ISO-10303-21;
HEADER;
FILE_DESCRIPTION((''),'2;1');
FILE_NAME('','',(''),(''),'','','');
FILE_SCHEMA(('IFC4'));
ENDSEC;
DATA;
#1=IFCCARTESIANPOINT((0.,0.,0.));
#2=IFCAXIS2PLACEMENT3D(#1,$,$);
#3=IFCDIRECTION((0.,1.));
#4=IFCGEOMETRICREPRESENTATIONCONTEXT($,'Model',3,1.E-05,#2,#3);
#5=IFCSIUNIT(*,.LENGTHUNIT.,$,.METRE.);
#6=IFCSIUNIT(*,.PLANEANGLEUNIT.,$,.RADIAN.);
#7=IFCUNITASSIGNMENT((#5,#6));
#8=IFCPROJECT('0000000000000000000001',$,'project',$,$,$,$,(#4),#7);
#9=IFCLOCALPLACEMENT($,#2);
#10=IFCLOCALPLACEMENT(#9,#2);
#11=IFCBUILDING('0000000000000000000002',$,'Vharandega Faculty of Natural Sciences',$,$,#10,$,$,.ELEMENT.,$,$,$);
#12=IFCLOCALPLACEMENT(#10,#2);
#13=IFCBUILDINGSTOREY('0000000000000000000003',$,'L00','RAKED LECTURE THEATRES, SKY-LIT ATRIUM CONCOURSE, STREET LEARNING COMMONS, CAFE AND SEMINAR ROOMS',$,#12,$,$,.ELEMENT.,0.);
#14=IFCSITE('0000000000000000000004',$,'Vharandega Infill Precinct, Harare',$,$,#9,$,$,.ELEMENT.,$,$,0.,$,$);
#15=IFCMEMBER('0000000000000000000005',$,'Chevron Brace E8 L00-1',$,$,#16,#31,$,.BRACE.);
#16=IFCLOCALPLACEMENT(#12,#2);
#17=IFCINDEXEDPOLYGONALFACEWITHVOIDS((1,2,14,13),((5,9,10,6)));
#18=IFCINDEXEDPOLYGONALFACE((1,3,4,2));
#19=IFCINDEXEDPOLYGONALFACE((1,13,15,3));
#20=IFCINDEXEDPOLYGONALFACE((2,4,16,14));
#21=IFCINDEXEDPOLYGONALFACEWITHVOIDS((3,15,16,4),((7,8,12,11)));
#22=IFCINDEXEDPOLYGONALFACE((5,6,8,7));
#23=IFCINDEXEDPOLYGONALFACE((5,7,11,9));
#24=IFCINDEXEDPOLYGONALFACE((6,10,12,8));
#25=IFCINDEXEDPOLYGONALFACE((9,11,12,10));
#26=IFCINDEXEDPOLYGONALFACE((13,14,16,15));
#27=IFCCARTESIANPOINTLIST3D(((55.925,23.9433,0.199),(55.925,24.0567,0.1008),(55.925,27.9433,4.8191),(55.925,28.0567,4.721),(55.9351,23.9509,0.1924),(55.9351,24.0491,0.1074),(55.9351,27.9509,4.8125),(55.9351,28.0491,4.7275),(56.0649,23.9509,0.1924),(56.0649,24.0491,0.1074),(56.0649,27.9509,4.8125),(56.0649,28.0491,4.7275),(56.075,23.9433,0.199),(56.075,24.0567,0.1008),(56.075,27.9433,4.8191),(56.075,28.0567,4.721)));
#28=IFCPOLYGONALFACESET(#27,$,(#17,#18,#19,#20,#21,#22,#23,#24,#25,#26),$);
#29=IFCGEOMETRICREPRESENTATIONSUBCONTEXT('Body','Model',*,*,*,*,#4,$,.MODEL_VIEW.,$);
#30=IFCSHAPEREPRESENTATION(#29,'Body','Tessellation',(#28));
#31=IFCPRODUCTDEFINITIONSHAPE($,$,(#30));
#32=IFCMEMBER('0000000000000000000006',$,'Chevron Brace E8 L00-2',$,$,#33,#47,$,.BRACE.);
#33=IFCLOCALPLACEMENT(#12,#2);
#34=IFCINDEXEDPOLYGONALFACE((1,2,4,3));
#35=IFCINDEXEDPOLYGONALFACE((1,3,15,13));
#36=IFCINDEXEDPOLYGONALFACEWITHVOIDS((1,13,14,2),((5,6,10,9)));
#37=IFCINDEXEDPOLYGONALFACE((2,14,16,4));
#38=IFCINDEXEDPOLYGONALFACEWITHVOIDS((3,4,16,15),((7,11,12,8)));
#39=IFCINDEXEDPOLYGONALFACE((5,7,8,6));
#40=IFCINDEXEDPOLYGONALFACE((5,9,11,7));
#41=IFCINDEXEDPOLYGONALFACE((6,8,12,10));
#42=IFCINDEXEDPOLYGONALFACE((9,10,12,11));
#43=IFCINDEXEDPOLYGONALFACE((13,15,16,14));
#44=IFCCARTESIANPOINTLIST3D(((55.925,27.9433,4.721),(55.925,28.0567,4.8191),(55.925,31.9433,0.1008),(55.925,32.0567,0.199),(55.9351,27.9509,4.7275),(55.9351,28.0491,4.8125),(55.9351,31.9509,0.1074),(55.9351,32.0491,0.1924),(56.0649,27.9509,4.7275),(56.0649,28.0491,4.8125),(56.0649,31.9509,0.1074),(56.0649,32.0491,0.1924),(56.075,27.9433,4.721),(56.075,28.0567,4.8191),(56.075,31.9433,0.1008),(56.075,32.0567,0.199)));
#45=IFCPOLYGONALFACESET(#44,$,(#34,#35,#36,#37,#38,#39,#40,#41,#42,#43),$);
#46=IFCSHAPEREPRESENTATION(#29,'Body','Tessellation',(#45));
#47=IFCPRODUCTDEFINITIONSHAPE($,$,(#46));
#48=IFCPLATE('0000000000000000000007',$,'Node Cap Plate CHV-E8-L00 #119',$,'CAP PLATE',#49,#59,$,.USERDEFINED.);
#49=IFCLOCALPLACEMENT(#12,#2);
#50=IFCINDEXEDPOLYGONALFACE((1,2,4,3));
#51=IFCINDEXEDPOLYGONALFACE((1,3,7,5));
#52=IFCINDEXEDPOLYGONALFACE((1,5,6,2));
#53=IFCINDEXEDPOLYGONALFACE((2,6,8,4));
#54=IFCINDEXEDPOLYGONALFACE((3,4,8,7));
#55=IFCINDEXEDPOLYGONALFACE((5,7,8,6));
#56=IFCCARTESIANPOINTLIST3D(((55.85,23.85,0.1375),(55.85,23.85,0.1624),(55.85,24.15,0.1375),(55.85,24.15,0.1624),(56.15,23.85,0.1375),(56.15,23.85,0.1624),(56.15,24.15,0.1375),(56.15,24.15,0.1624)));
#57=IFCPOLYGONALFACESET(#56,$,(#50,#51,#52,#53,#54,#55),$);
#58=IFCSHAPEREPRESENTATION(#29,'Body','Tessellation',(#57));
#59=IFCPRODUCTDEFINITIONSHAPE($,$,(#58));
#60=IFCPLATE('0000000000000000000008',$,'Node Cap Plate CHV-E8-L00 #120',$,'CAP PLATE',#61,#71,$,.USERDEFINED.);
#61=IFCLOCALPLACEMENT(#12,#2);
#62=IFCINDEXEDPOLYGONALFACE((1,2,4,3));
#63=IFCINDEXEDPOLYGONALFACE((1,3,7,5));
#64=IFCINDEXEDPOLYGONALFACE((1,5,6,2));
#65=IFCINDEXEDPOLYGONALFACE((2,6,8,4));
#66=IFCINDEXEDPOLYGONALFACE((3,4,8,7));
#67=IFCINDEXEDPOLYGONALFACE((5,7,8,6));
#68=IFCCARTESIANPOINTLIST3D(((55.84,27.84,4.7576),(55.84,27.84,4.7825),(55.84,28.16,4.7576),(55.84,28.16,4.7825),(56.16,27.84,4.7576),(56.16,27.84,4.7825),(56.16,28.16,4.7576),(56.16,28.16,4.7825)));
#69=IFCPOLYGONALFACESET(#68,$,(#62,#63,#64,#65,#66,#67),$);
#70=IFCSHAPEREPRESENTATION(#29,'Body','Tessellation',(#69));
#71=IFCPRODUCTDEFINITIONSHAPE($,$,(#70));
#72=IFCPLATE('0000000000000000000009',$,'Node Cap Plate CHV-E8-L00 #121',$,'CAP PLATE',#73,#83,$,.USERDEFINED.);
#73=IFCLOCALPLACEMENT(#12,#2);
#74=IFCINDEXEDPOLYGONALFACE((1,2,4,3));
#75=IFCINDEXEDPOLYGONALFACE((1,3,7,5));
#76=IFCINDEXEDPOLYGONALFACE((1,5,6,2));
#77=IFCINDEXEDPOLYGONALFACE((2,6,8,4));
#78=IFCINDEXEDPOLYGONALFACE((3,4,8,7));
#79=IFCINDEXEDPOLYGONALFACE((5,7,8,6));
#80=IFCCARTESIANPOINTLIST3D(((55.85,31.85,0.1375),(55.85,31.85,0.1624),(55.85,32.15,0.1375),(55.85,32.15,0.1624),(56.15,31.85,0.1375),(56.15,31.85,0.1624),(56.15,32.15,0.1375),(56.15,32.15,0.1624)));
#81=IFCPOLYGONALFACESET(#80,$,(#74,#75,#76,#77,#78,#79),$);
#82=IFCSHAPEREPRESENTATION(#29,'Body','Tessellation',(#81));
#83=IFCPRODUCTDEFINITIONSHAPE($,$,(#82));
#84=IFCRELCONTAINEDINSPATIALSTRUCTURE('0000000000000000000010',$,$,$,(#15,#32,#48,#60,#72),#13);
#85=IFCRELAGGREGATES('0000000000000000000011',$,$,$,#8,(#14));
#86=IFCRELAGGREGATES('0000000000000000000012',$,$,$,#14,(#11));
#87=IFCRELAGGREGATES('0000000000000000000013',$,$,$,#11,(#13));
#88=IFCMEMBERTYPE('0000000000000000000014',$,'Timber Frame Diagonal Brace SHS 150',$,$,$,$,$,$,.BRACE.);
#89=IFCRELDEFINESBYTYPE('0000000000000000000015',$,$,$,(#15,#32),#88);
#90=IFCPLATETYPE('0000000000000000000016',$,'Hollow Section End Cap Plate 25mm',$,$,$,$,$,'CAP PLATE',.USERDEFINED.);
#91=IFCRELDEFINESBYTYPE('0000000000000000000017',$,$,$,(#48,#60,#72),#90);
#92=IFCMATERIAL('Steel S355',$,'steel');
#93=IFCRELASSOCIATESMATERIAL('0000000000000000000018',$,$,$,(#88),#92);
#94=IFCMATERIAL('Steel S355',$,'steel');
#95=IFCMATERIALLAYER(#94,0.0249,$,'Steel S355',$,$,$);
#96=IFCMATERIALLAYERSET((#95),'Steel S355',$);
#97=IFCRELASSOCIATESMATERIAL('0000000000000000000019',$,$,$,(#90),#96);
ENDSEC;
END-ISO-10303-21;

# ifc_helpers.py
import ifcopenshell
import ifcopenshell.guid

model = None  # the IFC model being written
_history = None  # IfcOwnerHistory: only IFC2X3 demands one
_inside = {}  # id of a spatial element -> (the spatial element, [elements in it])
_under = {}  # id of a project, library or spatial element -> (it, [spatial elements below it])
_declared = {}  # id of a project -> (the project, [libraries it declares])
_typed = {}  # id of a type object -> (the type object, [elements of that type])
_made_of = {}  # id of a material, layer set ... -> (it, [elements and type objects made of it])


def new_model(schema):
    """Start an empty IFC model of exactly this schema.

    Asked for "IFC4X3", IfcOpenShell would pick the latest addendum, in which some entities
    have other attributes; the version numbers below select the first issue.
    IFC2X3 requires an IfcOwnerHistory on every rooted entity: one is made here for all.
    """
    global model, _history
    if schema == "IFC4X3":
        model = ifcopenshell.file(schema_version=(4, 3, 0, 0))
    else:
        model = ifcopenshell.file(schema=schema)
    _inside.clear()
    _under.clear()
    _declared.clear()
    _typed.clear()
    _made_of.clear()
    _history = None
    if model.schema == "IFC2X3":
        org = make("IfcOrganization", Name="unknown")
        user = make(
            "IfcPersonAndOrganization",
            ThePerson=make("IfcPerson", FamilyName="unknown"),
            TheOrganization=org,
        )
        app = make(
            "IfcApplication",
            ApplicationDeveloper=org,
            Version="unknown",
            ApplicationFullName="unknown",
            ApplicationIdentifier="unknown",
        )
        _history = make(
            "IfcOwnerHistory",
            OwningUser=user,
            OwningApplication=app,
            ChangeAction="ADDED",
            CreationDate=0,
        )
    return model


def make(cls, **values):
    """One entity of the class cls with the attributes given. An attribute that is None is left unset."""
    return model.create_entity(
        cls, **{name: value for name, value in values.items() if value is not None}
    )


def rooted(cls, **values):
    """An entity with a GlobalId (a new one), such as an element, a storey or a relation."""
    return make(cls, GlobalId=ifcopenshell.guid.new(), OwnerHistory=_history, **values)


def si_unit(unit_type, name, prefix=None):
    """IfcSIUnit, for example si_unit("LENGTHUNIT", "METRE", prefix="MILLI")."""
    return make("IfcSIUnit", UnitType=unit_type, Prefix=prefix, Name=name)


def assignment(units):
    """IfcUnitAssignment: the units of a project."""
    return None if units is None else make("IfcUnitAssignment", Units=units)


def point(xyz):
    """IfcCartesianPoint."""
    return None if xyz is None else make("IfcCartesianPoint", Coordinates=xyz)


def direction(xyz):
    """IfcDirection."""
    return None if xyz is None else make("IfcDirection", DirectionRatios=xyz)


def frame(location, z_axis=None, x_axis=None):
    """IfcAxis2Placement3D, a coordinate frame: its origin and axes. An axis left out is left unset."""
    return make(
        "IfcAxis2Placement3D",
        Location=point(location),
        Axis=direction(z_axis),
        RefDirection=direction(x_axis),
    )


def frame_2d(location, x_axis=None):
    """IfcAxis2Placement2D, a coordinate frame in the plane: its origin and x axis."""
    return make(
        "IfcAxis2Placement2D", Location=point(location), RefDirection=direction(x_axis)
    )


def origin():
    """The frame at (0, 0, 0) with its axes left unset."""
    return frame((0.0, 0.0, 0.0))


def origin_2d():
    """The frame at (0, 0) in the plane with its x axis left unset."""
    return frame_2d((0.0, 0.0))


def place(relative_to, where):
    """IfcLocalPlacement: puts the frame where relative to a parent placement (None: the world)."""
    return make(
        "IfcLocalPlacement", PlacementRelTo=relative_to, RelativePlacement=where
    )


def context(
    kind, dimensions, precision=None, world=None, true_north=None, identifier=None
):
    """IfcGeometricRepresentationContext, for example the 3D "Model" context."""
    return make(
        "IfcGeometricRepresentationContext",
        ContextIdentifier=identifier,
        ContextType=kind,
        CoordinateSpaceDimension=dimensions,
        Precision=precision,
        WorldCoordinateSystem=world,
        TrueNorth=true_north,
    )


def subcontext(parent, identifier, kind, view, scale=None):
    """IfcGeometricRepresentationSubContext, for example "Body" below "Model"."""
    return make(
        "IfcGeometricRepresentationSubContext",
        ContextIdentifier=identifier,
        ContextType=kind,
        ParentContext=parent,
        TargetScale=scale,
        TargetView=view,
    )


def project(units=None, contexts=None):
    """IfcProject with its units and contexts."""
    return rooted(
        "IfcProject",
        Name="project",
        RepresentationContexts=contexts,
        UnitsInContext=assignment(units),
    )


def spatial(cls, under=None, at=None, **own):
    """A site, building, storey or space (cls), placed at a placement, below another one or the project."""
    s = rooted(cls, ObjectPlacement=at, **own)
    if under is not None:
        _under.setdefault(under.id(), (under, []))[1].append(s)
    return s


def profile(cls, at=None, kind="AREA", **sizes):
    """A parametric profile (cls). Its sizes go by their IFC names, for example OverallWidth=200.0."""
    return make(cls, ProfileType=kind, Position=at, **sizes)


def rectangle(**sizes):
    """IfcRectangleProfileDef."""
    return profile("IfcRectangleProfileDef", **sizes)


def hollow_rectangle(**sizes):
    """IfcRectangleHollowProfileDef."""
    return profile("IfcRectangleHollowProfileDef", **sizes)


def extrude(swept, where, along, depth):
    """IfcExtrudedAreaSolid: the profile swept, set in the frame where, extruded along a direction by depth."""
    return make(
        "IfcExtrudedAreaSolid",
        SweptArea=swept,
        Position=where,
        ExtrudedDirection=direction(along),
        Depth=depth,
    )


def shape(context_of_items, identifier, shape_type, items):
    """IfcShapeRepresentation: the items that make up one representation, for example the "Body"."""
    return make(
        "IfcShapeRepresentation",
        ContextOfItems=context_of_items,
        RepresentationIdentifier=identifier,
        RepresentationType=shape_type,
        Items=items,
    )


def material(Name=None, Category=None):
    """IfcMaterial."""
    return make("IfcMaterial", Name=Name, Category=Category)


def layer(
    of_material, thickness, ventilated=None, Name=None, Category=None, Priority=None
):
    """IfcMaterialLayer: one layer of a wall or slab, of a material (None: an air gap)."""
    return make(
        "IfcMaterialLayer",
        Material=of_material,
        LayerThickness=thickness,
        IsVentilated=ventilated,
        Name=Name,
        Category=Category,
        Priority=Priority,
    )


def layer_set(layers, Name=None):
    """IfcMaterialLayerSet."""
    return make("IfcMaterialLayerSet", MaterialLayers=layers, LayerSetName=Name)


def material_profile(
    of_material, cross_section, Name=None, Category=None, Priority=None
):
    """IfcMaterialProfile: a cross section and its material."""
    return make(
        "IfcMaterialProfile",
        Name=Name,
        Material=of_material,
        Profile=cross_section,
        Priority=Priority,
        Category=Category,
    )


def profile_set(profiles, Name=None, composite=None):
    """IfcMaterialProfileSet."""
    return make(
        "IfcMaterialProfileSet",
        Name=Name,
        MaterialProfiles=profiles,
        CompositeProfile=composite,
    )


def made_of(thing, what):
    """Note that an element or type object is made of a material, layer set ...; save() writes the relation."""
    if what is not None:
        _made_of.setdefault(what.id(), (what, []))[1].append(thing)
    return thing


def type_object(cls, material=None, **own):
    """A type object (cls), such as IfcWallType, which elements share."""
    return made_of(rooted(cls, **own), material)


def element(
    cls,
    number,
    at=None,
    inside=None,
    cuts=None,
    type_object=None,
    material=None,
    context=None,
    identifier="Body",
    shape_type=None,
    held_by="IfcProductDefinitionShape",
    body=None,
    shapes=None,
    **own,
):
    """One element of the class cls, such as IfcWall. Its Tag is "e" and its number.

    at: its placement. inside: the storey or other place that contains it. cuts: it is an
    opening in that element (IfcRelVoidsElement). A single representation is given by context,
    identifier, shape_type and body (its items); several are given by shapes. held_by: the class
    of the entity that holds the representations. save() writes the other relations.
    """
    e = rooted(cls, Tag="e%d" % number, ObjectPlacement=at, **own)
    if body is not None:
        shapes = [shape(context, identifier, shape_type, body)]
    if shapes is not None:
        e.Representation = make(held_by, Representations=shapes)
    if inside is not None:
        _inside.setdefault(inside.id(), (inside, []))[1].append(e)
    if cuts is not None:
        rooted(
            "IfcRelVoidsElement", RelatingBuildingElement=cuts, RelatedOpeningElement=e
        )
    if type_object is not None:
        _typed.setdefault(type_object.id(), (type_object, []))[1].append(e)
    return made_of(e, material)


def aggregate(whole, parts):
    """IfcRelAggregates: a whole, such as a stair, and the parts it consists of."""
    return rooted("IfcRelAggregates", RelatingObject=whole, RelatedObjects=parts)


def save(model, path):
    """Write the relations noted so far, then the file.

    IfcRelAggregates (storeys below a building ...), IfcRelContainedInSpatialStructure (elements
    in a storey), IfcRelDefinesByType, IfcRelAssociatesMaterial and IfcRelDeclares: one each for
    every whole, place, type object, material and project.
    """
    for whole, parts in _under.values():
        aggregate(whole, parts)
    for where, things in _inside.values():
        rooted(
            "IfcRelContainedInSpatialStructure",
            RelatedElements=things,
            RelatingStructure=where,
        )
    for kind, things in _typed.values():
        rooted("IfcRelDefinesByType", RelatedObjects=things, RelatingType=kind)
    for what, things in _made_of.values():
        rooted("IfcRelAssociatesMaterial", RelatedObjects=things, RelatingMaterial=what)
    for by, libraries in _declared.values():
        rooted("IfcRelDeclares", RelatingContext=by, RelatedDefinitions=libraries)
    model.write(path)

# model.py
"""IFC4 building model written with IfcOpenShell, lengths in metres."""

from ifc_helpers import new_model, si_unit, direction, frame, origin, origin_2d, place, context, subcontext, project, spatial, rectangle, hollow_rectangle, extrude, material, layer, layer_set, material_profile, profile_set, type_object, element, save


model = new_model("IFC4")

# Units and contexts
model_context = context("Model", 3, precision=1e-05, world=origin(), true_north=direction((0.0, 1.0)))
body_context = subcontext(model_context, "Body", "Model", "MODEL_VIEW")
ifc_project = project(units=[si_unit("LENGTHUNIT", "METRE"), si_unit("PLANEANGLEUNIT", "RADIAN")], contexts=[model_context])

# Site, building, storey
site_placement = place(None, origin())
site = spatial("IfcSite", under=ifc_project, at=site_placement, Name="Vharandega Infill Precinct, Harare", CompositionType="ELEMENT", RefElevation=0.0)
building_placement = place(site_placement, origin())
building = spatial("IfcBuilding", under=site, at=building_placement, Name="Vharandega Faculty of Natural Sciences", CompositionType="ELEMENT")
storey_placement = place(building_placement, origin())
storey = spatial("IfcBuildingStorey", under=building, at=storey_placement, Name="L00", Description="RAKED LECTURE THEATRES, SKY-LIT ATRIUM CONCOURSE, STREET LEARNING COMMONS, CAFE AND SEMINAR ROOMS", CompositionType="ELEMENT", Elevation=0.0)

# Members
ifc_material_1 = material(Name="Steel S355", Category="steel")
ifc_material_profile_1 = material_profile(ifc_material_1, hollow_rectangle(XDim=0.1499, YDim=0.1499, WallThickness=0.01, at=origin_2d()), Name="SHS 150x150x10")
ifc_profile_set_1 = profile_set([ifc_material_profile_1], Name="Steel S355")
member_type = type_object("IfcMemberType", Name="Timber Frame Diagonal Brace SHS 150", PredefinedType="BRACE", material=ifc_profile_set_1)
for number, where, z_axis, x_axis, name in (
    (1, (56.0, 24.0, 0.1499), (0.0, 0.654547, 0.756021), (-1.0, 0.0, 0.0), "Chevron Brace E8 L00-1"),
    (2, (56.0, 32.0, 0.1499), (0.0, -0.654547, 0.756021), (1.0, 0.0, 0.0), "Chevron Brace E8 L00-2"),
):
    element("IfcMember", number, at=place(storey_placement, frame(where, z_axis=z_axis, x_axis=x_axis)), inside=storey, type_object=member_type, Name=name, PredefinedType="BRACE", context=body_context, shape_type="SweptSolid", body=[
        extrude(hollow_rectangle(XDim=0.1499, YDim=0.1499, WallThickness=0.01, at=origin_2d()), origin(), (0.0, 0.0, 1.0), 6.1111),
    ])

# Plates
ifc_material_2 = material(Name="Steel S355", Category="steel")
ifc_layer = layer(ifc_material_2, 0.0249, Name="Steel S355")
ifc_layer_set = layer_set([ifc_layer], Name="Steel S355")
plate_type = type_object("IfcPlateType", Name="Hollow Section End Cap Plate 25mm", ElementType="CAP PLATE", PredefinedType="USERDEFINED", material=ifc_layer_set)
plate_1_placement = place(storey_placement, frame((56.0, 24.0, 0.1375), z_axis=(0.0, 0.0, 1.0), x_axis=(1.0, 0.0, 0.0)))
element("IfcPlate", 3, at=plate_1_placement, inside=storey, type_object=plate_type, Name="Node Cap Plate CHV-E8-L00 #119", ObjectType="CAP PLATE", PredefinedType="USERDEFINED", context=body_context, shape_type="SweptSolid", body=[
    extrude(rectangle(XDim=0.3, YDim=0.3, at=origin_2d()), origin(), (0.0, 0.0, 1.0), 0.0249),
])
plate_2_placement = place(storey_placement, frame((56.0, 28.0, 4.7576), z_axis=(0.0, 0.0, 1.0), x_axis=(1.0, 0.0, 0.0)))
element("IfcPlate", 4, at=plate_2_placement, inside=storey, type_object=plate_type, Name="Node Cap Plate CHV-E8-L00 #120", ObjectType="CAP PLATE", PredefinedType="USERDEFINED", context=body_context, shape_type="SweptSolid", body=[
    extrude(rectangle(XDim=0.3201, YDim=0.3201, at=origin_2d()), origin(), (0.0, 0.0, 1.0), 0.0249),
])
plate_3_placement = place(storey_placement, frame((56.0, 32.0, 0.1375), z_axis=(0.0, 0.0, 1.0), x_axis=(1.0, 0.0, 0.0)))
element("IfcPlate", 5, at=plate_3_placement, inside=storey, type_object=plate_type, Name="Node Cap Plate CHV-E8-L00 #121", ObjectType="CAP PLATE", PredefinedType="USERDEFINED", context=body_context, shape_type="SweptSolid", body=[
    extrude(rectangle(XDim=0.3, YDim=0.3, at=origin_2d()), origin(), (0.0, 0.0, 1.0), 0.0249),
])

save(model, "model.ifc")
